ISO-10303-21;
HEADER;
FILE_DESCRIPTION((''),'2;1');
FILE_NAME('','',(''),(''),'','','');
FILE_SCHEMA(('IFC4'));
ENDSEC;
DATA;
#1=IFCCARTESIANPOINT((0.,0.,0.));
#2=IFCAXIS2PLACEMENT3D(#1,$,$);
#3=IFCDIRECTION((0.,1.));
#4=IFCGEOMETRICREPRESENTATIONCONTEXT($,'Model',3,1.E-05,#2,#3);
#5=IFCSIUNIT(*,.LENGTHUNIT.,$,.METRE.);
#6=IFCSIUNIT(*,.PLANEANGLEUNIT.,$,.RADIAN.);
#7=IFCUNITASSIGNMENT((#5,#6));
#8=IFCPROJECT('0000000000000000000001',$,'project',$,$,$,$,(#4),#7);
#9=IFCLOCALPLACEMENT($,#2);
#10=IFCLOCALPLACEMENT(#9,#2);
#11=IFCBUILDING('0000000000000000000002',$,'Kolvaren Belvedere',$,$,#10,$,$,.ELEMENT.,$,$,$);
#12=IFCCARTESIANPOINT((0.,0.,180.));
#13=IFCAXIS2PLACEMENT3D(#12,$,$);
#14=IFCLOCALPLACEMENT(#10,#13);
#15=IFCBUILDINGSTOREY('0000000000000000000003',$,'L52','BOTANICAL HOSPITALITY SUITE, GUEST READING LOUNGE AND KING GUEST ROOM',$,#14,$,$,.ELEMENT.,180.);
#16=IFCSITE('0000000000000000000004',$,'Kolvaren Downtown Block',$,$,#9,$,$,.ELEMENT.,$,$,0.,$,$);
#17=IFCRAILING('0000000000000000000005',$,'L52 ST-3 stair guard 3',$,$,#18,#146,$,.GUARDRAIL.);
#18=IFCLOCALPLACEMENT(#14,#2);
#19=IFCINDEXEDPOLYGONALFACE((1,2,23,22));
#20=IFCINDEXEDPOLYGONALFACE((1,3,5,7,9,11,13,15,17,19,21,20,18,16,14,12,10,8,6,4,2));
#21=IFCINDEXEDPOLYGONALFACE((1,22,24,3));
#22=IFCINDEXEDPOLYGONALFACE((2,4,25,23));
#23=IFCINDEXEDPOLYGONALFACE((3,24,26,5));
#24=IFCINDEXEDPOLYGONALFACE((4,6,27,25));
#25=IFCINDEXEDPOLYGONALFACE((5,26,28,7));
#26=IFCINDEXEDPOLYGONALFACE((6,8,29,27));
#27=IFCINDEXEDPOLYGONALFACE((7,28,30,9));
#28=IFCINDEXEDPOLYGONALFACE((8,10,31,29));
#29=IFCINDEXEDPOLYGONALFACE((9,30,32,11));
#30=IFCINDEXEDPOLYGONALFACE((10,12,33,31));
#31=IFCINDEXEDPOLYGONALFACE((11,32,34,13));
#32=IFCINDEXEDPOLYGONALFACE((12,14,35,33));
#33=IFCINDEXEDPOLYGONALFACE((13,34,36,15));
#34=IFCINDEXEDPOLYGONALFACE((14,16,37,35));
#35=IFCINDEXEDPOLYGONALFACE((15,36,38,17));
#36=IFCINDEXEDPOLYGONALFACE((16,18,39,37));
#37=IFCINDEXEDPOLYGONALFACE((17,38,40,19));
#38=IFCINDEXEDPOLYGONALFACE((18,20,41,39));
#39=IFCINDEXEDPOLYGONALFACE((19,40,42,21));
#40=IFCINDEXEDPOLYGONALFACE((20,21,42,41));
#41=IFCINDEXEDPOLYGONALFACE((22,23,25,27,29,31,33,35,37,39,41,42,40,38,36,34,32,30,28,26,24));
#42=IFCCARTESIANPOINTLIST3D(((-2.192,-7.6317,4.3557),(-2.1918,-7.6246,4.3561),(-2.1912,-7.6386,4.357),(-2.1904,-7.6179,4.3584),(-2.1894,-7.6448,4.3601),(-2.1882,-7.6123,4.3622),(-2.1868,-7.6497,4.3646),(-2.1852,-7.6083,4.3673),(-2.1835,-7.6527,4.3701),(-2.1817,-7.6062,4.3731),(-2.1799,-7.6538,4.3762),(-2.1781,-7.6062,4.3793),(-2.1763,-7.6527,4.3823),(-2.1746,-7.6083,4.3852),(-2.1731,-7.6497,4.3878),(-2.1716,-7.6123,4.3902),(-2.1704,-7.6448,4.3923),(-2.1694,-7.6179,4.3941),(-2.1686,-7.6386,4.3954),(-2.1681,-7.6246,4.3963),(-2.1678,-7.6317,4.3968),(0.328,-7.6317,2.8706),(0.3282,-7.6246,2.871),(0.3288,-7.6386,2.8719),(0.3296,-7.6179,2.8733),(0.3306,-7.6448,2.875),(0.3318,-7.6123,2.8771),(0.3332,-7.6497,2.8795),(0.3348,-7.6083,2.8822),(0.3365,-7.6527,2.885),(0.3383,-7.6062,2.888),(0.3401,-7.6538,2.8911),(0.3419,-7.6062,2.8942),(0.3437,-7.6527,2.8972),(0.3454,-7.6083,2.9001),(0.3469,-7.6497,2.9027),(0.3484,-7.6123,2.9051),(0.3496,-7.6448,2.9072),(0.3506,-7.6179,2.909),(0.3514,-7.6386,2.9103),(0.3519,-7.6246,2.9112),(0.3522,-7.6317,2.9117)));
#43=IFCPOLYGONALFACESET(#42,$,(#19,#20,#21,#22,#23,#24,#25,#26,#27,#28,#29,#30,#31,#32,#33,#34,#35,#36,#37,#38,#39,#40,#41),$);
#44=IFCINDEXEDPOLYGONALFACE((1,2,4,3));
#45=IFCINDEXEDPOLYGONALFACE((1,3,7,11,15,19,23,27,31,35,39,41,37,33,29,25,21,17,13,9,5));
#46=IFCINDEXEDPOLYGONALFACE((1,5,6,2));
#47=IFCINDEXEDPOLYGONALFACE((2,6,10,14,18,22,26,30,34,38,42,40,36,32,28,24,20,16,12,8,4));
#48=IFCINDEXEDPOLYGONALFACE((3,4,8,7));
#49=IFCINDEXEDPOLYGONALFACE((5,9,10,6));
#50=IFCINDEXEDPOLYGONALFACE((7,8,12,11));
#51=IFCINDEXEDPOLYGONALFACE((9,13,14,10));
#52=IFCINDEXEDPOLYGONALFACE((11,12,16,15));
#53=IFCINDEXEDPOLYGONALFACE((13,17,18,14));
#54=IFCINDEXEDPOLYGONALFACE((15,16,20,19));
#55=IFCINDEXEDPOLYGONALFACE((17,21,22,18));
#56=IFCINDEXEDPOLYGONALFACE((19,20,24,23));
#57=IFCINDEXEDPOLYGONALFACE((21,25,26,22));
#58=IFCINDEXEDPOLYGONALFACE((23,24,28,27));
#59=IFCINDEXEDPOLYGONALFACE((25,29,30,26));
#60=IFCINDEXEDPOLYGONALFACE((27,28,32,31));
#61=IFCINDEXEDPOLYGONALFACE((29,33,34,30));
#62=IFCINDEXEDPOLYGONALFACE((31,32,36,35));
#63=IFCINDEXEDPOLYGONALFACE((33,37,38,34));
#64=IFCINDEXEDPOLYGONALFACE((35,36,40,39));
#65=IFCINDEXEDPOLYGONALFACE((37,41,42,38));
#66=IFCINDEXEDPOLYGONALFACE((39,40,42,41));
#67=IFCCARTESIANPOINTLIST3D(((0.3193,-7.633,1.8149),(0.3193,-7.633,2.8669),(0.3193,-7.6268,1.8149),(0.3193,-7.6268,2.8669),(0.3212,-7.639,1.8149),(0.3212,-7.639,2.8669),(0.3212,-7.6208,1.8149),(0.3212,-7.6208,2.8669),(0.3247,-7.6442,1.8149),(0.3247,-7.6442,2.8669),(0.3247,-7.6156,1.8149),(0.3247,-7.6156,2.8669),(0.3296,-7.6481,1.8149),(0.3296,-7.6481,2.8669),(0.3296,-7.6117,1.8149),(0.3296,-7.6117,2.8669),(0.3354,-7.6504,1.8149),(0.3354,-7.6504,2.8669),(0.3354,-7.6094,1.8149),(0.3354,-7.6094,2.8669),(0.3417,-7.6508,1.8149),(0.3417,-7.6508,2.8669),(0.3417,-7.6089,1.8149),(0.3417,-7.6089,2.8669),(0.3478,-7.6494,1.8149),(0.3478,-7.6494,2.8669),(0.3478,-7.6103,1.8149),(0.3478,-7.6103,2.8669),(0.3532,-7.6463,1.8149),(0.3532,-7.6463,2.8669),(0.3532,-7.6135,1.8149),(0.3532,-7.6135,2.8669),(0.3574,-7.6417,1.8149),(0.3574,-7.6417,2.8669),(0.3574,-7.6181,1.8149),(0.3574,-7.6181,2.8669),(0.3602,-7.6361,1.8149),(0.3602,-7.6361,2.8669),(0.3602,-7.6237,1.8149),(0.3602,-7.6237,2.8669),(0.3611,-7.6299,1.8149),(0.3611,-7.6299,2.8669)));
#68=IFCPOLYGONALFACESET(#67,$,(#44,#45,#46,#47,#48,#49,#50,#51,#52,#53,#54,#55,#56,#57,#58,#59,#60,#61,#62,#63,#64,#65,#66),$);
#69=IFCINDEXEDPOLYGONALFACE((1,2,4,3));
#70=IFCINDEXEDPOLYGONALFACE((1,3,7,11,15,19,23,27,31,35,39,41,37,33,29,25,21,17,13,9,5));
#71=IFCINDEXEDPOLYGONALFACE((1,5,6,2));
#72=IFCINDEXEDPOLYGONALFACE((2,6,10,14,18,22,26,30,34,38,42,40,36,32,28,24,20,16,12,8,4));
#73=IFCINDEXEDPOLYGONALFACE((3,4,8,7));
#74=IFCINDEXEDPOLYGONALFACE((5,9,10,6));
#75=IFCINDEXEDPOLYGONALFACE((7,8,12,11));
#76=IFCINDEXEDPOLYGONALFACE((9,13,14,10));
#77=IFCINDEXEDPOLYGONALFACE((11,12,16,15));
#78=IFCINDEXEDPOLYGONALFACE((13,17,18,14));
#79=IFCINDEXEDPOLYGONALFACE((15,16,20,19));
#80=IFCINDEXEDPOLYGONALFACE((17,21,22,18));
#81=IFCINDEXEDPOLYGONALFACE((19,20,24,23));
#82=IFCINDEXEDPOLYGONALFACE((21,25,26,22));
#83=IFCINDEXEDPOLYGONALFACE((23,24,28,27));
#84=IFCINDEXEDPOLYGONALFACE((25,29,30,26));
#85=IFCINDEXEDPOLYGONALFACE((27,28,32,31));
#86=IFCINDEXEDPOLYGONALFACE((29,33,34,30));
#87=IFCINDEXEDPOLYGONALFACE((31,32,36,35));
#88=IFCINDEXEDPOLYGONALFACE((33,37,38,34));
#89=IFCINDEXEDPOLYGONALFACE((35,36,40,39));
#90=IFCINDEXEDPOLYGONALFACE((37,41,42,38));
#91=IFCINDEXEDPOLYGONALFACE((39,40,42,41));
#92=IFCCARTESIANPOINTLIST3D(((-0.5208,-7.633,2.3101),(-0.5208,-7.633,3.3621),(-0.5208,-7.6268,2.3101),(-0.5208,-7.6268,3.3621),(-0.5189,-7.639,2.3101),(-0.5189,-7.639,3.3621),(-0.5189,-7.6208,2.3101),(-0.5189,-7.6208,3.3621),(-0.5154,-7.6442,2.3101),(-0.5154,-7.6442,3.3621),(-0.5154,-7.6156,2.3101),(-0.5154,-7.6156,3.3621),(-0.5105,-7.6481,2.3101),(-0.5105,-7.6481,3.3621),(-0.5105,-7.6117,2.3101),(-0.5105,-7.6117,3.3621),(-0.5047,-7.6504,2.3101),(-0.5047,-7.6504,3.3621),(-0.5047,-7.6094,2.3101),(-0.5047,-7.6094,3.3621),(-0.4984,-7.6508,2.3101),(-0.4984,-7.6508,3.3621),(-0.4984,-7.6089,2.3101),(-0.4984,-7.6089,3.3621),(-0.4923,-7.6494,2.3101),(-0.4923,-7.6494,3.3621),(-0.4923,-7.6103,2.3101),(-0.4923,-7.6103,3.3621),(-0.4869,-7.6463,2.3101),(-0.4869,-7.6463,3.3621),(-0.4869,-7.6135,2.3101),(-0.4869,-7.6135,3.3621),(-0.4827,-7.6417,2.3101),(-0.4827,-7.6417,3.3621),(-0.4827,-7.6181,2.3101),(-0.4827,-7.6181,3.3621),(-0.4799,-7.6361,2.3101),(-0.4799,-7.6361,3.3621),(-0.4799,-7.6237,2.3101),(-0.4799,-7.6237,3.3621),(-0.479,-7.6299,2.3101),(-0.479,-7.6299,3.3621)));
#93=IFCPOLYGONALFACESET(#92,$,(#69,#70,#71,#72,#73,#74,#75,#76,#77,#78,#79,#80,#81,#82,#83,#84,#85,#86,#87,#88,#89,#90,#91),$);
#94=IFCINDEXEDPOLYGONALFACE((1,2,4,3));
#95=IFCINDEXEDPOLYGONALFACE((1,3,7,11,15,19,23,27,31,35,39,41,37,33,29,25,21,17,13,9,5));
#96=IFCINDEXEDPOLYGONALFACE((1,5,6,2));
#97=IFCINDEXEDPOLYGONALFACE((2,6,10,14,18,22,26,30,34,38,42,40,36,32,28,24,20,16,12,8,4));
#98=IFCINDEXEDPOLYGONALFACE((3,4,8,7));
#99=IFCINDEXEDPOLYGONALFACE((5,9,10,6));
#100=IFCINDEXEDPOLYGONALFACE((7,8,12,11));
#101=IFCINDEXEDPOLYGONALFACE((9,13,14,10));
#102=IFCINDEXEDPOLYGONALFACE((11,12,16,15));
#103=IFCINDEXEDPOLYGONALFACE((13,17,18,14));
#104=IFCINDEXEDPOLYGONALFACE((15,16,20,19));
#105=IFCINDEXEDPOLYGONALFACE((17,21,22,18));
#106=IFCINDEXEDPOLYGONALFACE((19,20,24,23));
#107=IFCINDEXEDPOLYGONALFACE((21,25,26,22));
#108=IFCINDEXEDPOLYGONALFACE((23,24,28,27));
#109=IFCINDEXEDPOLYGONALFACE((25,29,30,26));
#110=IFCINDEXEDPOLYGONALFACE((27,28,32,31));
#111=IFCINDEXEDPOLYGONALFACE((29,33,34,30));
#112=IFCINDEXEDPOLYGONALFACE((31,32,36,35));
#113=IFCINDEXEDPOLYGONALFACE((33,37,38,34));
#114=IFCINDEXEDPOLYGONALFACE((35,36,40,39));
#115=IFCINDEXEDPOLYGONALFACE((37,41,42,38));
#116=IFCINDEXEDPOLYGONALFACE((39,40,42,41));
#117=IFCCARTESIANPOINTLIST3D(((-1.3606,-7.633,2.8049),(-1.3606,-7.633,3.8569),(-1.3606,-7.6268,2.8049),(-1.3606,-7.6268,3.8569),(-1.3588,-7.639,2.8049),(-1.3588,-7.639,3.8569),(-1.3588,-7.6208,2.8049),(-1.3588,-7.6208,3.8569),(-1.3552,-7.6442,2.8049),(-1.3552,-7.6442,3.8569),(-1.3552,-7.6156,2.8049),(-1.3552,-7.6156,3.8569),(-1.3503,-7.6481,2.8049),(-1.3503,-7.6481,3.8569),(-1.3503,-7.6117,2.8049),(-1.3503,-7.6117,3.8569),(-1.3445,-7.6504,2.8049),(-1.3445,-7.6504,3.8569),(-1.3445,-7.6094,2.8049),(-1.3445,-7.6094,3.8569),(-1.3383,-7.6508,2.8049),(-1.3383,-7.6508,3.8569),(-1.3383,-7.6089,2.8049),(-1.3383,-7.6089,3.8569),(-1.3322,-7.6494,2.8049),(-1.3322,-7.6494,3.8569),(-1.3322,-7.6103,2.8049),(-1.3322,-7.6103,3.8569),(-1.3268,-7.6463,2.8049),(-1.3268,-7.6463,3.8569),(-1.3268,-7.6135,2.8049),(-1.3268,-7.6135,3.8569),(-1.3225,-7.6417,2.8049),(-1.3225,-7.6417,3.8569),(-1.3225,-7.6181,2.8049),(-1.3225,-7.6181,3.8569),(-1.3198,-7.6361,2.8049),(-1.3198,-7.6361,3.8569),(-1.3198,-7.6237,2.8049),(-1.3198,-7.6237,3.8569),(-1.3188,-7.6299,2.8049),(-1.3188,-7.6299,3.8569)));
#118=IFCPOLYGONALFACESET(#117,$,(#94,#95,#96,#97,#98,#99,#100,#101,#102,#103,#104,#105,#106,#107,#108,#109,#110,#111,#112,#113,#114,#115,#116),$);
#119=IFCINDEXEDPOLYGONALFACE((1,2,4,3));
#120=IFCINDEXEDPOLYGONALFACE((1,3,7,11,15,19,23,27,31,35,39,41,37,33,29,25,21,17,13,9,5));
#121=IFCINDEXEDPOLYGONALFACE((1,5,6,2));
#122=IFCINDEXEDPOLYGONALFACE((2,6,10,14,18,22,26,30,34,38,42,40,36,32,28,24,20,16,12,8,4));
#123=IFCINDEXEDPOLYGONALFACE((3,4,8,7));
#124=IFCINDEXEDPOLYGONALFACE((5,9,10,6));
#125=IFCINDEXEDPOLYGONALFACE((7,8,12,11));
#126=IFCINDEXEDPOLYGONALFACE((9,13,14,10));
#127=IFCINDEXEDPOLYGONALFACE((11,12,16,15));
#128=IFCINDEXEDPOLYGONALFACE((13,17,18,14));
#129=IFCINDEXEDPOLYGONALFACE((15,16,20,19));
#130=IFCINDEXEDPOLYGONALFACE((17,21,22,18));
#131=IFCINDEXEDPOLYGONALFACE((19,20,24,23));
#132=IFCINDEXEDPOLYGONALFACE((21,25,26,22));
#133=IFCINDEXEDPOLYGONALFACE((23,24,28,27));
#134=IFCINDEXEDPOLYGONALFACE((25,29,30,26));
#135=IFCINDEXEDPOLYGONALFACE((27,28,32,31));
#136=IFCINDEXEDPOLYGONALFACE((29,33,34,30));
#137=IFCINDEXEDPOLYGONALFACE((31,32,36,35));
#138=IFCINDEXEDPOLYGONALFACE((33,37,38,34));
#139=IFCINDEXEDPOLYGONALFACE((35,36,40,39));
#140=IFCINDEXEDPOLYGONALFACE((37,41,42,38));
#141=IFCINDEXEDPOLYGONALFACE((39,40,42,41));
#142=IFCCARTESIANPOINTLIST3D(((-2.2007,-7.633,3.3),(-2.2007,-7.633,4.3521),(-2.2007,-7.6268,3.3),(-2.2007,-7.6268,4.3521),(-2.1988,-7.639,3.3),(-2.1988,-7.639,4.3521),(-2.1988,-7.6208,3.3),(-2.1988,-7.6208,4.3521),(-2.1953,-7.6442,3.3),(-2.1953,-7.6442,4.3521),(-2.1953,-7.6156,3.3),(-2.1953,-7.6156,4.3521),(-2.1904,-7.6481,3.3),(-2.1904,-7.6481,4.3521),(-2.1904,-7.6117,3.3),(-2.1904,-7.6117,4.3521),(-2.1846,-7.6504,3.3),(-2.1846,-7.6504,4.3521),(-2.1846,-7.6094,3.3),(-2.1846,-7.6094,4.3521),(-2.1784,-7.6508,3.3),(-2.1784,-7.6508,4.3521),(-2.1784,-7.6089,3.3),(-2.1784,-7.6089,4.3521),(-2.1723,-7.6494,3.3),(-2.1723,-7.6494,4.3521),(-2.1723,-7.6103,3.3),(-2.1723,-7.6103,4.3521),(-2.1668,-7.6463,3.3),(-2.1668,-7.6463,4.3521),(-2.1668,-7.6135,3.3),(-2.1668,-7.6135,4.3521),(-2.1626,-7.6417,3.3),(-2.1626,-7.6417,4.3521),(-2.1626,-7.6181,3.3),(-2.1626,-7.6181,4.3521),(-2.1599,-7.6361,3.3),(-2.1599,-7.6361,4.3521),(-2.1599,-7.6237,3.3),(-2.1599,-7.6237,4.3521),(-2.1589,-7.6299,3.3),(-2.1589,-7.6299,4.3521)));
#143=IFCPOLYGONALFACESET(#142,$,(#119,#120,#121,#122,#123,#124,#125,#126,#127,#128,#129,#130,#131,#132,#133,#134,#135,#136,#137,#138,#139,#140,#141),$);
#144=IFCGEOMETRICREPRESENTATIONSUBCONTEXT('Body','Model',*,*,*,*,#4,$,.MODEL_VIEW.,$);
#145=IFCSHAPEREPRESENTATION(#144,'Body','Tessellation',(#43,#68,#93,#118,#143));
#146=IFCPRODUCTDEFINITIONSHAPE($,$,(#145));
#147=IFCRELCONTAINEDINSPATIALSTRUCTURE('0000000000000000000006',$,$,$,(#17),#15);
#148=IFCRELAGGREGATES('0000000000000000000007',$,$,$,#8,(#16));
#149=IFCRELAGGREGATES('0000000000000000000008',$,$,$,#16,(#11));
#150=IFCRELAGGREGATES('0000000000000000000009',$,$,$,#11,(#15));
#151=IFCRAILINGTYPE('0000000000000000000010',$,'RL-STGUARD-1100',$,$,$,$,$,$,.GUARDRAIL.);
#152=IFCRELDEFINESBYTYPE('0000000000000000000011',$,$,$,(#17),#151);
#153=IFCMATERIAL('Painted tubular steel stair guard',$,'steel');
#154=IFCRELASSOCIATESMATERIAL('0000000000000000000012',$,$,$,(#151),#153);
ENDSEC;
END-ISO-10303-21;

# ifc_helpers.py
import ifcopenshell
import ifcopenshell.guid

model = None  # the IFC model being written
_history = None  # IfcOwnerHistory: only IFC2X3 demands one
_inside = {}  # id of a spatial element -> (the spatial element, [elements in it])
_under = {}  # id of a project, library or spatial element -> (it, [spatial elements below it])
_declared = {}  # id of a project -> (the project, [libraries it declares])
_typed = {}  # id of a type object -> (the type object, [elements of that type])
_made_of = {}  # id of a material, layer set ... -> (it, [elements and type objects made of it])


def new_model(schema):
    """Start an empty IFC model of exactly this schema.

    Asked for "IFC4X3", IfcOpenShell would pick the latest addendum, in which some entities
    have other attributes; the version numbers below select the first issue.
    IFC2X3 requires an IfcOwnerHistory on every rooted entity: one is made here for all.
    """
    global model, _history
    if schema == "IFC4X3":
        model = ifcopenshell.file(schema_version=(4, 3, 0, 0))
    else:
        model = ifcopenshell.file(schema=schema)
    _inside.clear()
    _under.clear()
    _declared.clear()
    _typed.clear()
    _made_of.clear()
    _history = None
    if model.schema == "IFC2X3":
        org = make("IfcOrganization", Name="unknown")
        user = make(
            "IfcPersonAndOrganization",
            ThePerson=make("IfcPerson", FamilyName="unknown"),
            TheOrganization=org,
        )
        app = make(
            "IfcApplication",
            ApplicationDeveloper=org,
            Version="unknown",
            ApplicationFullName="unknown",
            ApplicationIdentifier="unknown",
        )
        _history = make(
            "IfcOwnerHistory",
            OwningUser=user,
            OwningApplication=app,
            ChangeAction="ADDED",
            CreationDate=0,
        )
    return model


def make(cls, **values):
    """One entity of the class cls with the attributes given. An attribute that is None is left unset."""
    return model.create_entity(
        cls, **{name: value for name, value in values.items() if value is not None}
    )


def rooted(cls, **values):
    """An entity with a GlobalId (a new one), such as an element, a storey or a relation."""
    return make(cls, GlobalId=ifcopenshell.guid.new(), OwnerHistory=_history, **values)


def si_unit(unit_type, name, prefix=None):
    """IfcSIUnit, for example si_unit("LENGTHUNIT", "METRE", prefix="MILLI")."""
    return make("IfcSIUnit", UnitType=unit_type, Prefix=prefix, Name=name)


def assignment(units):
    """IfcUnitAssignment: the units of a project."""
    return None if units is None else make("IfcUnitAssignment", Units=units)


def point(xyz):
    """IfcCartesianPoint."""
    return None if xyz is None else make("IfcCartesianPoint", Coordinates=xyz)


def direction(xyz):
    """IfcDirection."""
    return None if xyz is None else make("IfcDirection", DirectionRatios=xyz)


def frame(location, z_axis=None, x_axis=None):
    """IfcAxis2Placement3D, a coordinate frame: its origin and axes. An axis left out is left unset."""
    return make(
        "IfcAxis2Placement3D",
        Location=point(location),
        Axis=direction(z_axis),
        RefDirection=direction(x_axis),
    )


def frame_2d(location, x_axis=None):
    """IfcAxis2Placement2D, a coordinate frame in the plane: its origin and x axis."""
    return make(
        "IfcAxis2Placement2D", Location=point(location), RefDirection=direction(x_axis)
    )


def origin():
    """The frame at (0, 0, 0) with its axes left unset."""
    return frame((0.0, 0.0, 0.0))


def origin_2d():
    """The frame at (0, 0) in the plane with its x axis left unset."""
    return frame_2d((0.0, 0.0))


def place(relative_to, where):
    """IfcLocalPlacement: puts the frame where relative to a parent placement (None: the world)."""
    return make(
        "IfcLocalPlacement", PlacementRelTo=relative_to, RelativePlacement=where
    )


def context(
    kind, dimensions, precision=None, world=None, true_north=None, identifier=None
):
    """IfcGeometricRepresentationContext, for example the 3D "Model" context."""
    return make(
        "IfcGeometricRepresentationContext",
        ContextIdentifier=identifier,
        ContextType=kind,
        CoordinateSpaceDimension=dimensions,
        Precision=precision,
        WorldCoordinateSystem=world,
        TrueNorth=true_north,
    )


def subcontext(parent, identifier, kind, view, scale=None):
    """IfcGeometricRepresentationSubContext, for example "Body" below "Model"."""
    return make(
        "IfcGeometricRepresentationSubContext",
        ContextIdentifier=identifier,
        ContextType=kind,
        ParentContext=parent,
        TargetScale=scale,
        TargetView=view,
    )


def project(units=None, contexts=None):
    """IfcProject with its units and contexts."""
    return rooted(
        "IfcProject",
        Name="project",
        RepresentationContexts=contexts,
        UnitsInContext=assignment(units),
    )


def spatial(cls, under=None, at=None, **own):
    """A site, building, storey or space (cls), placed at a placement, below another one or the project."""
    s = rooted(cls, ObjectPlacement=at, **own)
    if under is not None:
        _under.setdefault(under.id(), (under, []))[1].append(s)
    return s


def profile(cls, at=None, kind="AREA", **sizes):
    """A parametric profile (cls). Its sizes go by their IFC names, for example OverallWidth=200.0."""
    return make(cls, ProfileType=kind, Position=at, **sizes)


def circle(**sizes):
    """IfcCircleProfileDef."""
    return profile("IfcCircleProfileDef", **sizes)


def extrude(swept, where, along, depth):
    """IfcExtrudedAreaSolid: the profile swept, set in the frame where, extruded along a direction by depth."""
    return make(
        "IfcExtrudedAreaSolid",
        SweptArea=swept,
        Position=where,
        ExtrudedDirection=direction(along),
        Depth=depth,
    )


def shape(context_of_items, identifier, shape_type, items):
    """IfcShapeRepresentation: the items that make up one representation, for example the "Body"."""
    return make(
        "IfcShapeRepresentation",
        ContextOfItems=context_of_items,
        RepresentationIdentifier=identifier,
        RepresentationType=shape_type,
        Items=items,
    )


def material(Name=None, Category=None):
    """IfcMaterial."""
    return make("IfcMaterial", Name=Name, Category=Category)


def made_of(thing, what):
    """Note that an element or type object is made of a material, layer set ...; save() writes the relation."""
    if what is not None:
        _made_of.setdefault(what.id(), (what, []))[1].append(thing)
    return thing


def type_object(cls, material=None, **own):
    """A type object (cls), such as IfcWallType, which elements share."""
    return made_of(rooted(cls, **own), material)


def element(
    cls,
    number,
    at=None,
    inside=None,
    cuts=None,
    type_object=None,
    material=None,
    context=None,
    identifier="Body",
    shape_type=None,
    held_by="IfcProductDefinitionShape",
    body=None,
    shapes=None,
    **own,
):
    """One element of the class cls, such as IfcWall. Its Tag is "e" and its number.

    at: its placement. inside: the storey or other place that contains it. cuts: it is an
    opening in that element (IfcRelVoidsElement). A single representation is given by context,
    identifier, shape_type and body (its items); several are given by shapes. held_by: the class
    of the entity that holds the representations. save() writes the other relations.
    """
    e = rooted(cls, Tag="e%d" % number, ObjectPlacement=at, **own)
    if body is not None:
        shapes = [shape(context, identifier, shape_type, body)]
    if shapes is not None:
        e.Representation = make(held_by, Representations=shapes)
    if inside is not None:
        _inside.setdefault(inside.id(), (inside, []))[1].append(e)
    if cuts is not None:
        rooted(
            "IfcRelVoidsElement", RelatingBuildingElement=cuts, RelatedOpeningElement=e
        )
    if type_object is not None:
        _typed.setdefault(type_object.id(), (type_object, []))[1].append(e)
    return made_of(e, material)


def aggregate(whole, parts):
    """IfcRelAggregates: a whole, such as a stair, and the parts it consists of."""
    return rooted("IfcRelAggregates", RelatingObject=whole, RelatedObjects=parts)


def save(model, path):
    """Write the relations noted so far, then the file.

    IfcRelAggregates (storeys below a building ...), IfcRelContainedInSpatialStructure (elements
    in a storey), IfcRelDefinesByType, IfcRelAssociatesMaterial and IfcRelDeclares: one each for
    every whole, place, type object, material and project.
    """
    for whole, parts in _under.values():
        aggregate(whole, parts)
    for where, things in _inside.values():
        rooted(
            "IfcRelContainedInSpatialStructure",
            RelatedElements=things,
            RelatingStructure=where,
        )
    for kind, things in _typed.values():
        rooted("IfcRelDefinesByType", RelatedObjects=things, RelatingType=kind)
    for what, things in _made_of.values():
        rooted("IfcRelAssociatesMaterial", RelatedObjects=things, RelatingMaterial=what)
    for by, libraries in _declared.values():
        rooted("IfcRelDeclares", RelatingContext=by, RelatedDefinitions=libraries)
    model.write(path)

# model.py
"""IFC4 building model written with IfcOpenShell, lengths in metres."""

from ifc_helpers import new_model, si_unit, direction, frame, origin, origin_2d, place, context, subcontext, project, spatial, circle, extrude, material, type_object, element, save


model = new_model("IFC4")

# Units and contexts
model_context = context("Model", 3, precision=1e-05, world=origin(), true_north=direction((0.0, 1.0)))
body_context = subcontext(model_context, "Body", "Model", "MODEL_VIEW")
ifc_project = project(units=[si_unit("LENGTHUNIT", "METRE"), si_unit("PLANEANGLEUNIT", "RADIAN")], contexts=[model_context])

# Site, building, storey
site_placement = place(None, origin())
site = spatial("IfcSite", under=ifc_project, at=site_placement, Name="Kolvaren Downtown Block", CompositionType="ELEMENT", RefElevation=0.0)
building_placement = place(site_placement, origin())
building = spatial("IfcBuilding", under=site, at=building_placement, Name="Kolvaren Belvedere", CompositionType="ELEMENT")
storey_placement = place(building_placement, frame((0.0, 0.0, 180.0)))
storey = spatial("IfcBuildingStorey", under=building, at=storey_placement, Name="L52", Description="BOTANICAL HOSPITALITY SUITE, GUEST READING LOUNGE AND KING GUEST ROOM", CompositionType="ELEMENT", Elevation=180.0)

# Railing
ifc_material_1 = material(Name="Painted tubular steel stair guard", Category="steel")
railing_type = type_object("IfcRailingType", Name="RL-STGUARD-1100", PredefinedType="GUARDRAIL", material=ifc_material_1)
railing_1_placement = place(storey_placement, frame((0.3401, -7.6299, 1.8149)))
element("IfcRailing", 1, at=railing_1_placement, inside=storey, type_object=railing_type, Name="L52 ST-3 stair guard 3", PredefinedType="GUARDRAIL", context=body_context, shape_type="SweptSolid", body=[
    extrude(circle(Radius=0.0239, at=origin_2d()), frame((0.0, 0.0, 1.0762), z_axis=(-0.861524, 0.0, 0.507717), x_axis=(0.0, -1.0, 0.0)), (0.0, 0.0, 1.0), 2.925),
    extrude(circle(Radius=0.021, at=origin_2d()), origin(), (0.0, 0.0, 1.0), 1.052),
    extrude(circle(Radius=0.021, at=origin_2d()), frame((-0.8401, 0.0, 0.4951)), (0.0, 0.0, 1.0), 1.052),
    extrude(circle(Radius=0.021, at=origin_2d()), frame((-1.6799, 0.0, 0.99)), (0.0, 0.0, 1.0), 1.052),
    extrude(circle(Radius=0.021, at=origin_2d()), frame((-2.52, 0.0, 1.4851)), (0.0, 0.0, 1.0), 1.052),
])

save(model, "model.ifc")
